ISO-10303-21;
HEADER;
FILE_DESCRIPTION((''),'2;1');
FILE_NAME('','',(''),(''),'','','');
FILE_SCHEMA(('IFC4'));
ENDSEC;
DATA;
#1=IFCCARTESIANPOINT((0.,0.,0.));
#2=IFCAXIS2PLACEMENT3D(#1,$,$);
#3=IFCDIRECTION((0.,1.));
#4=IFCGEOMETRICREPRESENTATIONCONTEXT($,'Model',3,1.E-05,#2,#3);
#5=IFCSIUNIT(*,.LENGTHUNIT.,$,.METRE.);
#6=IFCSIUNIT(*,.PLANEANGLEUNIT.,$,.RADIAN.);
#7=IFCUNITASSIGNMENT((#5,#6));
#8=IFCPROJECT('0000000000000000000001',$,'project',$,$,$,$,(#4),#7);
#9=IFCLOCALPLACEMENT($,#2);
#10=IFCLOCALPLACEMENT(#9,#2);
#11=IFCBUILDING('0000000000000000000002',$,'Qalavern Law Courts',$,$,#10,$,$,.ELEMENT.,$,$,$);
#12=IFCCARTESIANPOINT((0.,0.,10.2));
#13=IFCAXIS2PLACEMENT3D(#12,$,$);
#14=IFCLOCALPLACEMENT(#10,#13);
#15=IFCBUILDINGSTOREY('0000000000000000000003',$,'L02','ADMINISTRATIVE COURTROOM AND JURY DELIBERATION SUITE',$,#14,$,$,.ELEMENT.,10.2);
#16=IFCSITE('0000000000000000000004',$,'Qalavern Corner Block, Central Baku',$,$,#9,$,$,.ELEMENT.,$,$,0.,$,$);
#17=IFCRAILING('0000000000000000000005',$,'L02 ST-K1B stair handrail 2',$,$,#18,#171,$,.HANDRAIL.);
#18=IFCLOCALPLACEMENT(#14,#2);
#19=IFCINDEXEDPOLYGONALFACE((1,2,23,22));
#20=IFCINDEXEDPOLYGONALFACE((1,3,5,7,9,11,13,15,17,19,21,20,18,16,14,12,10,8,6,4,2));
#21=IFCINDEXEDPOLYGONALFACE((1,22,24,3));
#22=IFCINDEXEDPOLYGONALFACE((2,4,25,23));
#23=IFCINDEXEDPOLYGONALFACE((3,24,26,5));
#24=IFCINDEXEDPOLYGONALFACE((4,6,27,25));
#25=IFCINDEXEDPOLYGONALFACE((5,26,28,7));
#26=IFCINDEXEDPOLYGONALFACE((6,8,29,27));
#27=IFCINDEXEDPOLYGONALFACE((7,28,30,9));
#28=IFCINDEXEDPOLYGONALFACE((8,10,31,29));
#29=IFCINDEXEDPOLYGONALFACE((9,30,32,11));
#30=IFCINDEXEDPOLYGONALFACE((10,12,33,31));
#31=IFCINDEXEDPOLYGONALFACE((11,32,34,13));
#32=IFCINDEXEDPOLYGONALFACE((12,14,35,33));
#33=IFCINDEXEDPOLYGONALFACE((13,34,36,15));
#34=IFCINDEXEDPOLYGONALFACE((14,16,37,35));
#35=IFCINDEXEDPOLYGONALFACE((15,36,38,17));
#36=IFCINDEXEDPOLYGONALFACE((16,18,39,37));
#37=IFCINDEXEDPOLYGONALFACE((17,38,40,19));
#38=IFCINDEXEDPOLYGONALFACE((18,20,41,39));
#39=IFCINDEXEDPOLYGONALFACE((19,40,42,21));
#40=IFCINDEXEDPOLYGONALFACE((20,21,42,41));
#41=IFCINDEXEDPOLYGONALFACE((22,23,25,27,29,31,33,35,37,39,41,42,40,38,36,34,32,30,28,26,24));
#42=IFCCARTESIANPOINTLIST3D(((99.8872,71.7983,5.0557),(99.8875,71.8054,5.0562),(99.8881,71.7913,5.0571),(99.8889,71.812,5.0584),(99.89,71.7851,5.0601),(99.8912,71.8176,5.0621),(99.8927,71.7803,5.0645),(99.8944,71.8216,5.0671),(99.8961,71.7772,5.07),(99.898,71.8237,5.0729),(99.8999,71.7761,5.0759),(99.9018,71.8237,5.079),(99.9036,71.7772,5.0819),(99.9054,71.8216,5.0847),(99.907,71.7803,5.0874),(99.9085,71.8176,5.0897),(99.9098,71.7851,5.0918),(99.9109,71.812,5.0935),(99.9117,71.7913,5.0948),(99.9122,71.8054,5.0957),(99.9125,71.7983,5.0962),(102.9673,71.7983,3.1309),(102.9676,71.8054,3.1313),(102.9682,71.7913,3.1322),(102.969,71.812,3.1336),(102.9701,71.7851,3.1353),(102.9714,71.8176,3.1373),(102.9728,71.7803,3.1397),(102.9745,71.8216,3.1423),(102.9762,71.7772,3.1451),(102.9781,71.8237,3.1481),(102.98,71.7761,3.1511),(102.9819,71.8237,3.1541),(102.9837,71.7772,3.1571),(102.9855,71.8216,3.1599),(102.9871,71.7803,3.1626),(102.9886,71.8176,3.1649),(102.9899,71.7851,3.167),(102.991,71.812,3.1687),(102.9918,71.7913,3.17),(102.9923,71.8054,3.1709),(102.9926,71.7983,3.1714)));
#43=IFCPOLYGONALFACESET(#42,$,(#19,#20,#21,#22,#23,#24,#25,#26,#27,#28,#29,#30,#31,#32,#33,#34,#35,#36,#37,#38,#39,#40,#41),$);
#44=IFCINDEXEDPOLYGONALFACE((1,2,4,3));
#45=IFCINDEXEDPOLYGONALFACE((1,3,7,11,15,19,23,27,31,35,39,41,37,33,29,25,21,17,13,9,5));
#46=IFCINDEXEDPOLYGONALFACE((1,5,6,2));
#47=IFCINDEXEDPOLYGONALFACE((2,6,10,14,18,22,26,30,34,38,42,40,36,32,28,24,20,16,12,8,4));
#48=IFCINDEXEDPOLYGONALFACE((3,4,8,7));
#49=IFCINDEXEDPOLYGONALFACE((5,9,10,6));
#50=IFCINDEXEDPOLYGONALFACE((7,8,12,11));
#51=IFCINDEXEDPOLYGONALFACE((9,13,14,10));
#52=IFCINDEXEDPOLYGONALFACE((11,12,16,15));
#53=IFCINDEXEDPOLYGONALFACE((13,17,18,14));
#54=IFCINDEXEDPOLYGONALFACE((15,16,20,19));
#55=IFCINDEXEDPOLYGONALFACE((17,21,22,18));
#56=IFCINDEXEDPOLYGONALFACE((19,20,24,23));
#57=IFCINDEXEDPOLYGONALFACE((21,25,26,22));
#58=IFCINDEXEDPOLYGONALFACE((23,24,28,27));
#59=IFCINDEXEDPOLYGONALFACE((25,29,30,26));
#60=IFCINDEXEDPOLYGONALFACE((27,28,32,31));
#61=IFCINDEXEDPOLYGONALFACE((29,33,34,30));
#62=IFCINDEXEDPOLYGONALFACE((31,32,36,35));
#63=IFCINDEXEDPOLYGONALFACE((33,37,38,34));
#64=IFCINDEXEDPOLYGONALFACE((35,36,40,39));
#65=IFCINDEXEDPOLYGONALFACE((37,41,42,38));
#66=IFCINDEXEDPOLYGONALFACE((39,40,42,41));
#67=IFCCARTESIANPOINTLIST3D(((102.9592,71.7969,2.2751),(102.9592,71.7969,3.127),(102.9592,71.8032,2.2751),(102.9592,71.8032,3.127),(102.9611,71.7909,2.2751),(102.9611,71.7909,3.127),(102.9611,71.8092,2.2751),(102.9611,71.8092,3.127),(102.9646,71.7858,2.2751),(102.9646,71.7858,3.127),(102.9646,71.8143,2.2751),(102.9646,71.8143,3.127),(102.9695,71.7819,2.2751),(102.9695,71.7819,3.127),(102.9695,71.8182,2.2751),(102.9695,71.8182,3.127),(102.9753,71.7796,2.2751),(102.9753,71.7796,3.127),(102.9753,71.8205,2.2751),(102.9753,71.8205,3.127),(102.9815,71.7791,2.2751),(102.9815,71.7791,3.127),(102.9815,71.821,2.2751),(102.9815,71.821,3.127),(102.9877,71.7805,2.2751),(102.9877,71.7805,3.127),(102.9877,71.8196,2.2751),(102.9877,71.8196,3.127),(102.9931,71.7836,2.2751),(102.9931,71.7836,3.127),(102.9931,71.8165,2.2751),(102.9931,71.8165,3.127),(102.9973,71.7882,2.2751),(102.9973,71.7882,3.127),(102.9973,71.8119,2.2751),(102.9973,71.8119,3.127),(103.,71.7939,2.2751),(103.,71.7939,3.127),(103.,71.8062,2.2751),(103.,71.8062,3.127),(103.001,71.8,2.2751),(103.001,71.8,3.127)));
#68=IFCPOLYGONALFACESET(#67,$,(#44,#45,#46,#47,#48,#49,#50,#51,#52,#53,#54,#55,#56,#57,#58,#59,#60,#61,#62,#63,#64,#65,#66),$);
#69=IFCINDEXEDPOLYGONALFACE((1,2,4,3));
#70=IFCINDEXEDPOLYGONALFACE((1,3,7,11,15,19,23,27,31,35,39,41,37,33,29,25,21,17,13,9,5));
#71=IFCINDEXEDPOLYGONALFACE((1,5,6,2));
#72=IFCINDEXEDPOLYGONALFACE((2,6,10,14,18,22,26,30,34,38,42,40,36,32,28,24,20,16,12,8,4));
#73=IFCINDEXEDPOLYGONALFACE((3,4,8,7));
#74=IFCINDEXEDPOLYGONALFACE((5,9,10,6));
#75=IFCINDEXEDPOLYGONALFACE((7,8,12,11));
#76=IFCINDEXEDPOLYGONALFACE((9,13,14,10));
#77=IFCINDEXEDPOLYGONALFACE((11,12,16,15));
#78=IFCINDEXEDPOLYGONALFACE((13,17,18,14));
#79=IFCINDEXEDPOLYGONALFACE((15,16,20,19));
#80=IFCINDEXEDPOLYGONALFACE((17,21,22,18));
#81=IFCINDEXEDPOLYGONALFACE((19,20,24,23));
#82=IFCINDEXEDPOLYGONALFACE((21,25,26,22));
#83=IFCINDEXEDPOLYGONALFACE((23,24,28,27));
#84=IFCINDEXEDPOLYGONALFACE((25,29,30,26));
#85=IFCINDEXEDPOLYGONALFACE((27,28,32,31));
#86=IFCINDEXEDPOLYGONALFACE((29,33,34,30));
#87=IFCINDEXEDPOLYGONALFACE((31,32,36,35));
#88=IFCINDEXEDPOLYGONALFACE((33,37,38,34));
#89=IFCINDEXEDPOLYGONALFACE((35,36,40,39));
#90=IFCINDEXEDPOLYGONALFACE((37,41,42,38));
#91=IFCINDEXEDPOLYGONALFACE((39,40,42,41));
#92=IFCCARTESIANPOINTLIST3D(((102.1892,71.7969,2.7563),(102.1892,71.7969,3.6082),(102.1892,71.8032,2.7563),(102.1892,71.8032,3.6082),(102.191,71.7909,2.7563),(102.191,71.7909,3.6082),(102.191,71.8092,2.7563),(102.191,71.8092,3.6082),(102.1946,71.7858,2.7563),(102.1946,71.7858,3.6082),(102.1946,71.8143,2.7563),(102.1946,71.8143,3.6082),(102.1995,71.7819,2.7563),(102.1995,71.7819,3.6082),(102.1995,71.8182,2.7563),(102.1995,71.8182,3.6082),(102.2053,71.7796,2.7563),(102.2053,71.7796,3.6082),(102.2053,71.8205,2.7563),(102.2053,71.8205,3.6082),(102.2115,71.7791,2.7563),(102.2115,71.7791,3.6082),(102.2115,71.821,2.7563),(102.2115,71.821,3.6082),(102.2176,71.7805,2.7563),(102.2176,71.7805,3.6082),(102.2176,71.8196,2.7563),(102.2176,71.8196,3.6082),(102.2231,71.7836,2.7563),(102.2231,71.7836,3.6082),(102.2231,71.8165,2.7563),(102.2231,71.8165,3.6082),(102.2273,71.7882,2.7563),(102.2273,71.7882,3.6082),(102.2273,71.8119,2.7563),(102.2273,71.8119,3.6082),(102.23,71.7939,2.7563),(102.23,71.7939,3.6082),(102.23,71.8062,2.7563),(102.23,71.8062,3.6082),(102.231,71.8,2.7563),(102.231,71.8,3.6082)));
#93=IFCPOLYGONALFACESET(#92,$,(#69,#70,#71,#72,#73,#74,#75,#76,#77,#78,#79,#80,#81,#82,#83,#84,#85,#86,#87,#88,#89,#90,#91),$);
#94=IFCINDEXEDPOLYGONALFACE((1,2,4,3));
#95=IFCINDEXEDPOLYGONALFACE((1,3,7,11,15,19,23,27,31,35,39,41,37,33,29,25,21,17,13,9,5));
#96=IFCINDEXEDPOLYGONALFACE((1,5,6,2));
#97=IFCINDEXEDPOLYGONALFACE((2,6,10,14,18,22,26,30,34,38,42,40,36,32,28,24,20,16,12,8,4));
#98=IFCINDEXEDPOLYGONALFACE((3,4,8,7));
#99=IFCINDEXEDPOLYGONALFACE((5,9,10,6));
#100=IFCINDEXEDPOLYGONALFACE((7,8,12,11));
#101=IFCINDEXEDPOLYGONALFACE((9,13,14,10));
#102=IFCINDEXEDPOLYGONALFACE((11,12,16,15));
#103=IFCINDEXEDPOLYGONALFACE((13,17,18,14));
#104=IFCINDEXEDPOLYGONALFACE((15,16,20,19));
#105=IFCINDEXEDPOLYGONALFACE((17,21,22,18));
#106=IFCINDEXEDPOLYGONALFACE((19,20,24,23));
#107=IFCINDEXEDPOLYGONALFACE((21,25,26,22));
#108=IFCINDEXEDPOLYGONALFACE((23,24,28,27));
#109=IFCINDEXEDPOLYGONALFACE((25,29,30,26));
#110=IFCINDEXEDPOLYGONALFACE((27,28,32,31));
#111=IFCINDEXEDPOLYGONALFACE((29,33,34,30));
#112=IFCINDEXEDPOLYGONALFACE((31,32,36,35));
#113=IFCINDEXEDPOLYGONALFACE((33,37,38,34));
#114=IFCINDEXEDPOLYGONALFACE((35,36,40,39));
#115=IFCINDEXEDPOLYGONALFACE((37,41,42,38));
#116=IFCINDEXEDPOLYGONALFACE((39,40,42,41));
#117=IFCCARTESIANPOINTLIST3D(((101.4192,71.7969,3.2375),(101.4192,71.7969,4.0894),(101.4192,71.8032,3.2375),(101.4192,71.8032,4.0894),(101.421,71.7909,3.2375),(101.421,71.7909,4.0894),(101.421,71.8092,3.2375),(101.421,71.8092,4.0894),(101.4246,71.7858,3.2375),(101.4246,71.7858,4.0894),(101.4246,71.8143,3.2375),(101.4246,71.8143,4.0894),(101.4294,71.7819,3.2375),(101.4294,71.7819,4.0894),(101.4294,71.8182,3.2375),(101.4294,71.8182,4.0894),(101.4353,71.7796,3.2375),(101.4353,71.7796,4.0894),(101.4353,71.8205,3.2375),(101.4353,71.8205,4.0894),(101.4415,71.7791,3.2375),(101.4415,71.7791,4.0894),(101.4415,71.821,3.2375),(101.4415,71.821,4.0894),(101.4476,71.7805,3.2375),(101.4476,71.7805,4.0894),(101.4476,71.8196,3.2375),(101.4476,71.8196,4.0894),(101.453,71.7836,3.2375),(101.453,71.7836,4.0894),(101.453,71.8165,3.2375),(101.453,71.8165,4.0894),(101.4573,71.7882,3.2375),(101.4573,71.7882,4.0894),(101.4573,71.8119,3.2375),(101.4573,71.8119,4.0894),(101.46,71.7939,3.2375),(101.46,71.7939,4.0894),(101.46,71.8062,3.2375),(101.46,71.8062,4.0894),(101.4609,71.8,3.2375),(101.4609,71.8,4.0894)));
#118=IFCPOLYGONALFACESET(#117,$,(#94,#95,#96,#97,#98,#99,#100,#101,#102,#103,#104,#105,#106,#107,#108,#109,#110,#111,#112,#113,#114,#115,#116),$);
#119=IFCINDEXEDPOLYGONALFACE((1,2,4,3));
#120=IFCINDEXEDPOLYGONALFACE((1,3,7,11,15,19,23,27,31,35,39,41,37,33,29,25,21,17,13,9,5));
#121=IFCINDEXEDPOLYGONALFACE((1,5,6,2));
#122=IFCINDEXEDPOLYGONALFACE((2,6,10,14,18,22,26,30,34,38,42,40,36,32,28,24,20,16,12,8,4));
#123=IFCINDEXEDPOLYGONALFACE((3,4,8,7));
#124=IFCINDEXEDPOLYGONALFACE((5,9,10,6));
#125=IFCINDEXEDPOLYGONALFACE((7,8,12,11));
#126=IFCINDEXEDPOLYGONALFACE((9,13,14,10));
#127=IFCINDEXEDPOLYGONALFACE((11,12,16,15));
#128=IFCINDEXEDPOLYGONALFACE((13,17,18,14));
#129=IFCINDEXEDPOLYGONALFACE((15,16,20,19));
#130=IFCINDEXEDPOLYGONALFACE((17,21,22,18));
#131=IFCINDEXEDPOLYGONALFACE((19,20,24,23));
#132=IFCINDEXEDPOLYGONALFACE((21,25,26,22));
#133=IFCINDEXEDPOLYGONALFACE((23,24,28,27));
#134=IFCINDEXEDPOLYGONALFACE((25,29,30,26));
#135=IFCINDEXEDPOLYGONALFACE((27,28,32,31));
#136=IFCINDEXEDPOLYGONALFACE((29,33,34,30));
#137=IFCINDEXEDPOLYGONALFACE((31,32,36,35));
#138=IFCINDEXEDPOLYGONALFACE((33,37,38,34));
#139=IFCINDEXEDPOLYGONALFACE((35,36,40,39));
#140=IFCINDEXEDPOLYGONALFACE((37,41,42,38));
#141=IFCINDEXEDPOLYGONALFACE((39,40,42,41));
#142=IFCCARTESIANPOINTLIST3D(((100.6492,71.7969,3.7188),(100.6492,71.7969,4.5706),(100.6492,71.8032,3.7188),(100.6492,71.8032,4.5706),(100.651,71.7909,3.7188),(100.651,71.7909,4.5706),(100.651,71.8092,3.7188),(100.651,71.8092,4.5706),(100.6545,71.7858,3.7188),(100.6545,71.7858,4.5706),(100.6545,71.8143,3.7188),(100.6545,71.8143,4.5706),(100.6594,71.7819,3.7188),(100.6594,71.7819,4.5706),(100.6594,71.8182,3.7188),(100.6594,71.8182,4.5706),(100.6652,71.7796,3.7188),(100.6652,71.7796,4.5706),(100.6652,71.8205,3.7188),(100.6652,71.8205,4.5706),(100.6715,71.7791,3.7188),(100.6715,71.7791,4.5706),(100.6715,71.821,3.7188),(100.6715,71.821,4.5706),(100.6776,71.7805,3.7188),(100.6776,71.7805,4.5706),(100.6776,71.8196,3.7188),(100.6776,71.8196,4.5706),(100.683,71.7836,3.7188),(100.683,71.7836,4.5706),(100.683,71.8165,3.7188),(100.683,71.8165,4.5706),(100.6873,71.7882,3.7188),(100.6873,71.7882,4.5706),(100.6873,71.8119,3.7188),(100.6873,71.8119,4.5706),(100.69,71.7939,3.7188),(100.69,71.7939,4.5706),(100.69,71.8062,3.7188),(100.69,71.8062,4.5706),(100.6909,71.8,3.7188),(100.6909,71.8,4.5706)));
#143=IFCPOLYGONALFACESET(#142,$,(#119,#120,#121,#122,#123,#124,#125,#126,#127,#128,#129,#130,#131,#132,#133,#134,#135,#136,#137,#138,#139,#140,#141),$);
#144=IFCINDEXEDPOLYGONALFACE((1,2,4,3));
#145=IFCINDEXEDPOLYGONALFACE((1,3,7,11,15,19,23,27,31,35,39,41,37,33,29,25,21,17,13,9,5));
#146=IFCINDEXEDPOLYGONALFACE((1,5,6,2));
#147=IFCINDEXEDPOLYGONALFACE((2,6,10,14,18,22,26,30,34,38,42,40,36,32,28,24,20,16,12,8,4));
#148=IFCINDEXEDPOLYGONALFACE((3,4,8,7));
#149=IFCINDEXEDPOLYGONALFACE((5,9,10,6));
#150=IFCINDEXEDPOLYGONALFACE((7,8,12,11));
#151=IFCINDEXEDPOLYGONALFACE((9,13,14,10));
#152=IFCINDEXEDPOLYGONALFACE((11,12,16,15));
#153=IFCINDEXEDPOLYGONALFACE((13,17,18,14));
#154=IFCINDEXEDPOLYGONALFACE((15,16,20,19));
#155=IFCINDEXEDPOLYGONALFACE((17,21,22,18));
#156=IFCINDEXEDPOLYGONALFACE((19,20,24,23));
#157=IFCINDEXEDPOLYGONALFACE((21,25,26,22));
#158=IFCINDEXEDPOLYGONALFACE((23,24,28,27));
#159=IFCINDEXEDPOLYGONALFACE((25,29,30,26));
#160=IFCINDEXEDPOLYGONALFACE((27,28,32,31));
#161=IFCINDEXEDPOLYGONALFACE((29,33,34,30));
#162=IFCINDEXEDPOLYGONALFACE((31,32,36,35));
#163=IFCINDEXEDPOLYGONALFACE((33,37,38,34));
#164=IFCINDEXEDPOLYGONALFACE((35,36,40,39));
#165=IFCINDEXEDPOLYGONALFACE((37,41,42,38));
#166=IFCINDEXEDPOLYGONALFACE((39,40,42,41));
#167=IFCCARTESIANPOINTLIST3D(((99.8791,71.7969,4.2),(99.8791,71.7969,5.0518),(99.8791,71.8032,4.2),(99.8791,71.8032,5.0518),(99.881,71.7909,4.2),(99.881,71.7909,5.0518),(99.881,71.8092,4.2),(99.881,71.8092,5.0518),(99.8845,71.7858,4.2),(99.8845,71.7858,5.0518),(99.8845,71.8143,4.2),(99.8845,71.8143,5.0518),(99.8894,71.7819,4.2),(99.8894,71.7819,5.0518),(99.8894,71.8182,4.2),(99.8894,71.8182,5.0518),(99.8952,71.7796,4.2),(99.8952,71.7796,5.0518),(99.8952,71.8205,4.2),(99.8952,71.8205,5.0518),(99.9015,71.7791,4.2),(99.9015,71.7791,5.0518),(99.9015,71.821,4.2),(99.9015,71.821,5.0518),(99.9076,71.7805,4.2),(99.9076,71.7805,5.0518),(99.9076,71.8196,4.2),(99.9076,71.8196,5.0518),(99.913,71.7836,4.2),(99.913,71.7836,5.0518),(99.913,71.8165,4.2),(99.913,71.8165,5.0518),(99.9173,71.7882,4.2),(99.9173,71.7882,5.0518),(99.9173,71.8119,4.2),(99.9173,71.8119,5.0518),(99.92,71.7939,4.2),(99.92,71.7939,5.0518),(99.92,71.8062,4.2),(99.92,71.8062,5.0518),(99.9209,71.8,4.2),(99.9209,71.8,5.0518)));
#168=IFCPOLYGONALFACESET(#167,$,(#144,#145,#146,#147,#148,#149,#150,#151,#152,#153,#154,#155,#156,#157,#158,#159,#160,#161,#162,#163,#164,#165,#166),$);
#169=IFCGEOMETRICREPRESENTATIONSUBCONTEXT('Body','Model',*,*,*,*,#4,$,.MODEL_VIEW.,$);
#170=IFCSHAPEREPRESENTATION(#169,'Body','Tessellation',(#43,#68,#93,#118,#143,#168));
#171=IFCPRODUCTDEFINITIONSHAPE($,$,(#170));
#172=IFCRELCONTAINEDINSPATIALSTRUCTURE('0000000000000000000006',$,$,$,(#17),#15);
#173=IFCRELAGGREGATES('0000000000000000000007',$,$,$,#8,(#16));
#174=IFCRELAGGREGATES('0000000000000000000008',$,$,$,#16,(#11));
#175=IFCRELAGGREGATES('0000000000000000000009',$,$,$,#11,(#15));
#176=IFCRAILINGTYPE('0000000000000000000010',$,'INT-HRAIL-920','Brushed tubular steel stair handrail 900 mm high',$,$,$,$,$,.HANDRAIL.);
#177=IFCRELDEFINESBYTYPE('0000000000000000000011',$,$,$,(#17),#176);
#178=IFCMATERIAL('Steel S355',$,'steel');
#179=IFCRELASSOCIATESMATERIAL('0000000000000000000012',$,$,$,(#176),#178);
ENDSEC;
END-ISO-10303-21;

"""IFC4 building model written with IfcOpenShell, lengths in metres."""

from ifc_helpers import new_model, si_unit, direction, frame, origin, origin_2d, place, context, subcontext, project, spatial, circle, extrude, material, type_object, element, save


model = new_model("IFC4")

# Units and contexts
model_context = context("Model", 3, precision=1e-05, world=origin(), true_north=direction((0.0, 1.0)))
body_context = subcontext(model_context, "Body", "Model", "MODEL_VIEW")
ifc_project = project(units=[si_unit("LENGTHUNIT", "METRE"), si_unit("PLANEANGLEUNIT", "RADIAN")], contexts=[model_context])

# Site, building, storey
site_placement = place(None, origin())
site = spatial("IfcSite", under=ifc_project, at=site_placement, Name="Qalavern Corner Block, Central Baku", CompositionType="ELEMENT", RefElevation=0.0)
building_placement = place(site_placement, origin())
building = spatial("IfcBuilding", under=site, at=building_placement, Name="Qalavern Law Courts", CompositionType="ELEMENT")
storey_placement = place(building_placement, frame((0.0, 0.0, 10.2)))
storey = spatial("IfcBuildingStorey", under=building, at=storey_placement, Name="L02", Description="ADMINISTRATIVE COURTROOM AND JURY DELIBERATION SUITE", CompositionType="ELEMENT", Elevation=10.2)

# Shared definitions
ifc_material_1 = material(Name="Steel S355", Category="steel")

# Railing
railing_type_1 = type_object("IfcRailingType", Name="INT-HRAIL-920", Description="Brushed tubular steel stair handrail 900 mm high", PredefinedType="HANDRAIL", material=ifc_material_1)
railing_1_placement = place(storey_placement, frame((102.98, 71.8, 2.2751)))
element("IfcRailing", 1, at=railing_1_placement, inside=storey, type_object=railing_type_1, Name="L02 ST-K1B stair handrail 2", PredefinedType="HANDRAIL", context=body_context, shape_type="SweptSolid", body=[
    extrude(circle(Radius=0.0239, at=origin_2d()), frame((0.0, 0.0, 0.876), z_axis=(-0.848029, 0.0, 0.529951), x_axis=(0.0, -1.0, 0.0)), (0.0, 0.0, 1.0), 3.6321),
    extrude(circle(Radius=0.021, at=origin_2d()), origin(), (0.0, 0.0, 1.0), 0.8518),
    extrude(circle(Radius=0.021, at=origin_2d()), frame((-0.77, 0.0, 0.4812)), (0.0, 0.0, 1.0), 0.8518),
    extrude(circle(Radius=0.021, at=origin_2d()), frame((-1.54, 0.0, 0.9624)), (0.0, 0.0, 1.0), 0.8518),
    extrude(circle(Radius=0.021, at=origin_2d()), frame((-2.3101, 0.0, 1.4436)), (0.0, 0.0, 1.0), 0.8518),
    extrude(circle(Radius=0.021, at=origin_2d()), frame((-3.0801, 0.0, 1.9248)), (0.0, 0.0, 1.0), 0.8518),
])

save(model, "model.ifc")
